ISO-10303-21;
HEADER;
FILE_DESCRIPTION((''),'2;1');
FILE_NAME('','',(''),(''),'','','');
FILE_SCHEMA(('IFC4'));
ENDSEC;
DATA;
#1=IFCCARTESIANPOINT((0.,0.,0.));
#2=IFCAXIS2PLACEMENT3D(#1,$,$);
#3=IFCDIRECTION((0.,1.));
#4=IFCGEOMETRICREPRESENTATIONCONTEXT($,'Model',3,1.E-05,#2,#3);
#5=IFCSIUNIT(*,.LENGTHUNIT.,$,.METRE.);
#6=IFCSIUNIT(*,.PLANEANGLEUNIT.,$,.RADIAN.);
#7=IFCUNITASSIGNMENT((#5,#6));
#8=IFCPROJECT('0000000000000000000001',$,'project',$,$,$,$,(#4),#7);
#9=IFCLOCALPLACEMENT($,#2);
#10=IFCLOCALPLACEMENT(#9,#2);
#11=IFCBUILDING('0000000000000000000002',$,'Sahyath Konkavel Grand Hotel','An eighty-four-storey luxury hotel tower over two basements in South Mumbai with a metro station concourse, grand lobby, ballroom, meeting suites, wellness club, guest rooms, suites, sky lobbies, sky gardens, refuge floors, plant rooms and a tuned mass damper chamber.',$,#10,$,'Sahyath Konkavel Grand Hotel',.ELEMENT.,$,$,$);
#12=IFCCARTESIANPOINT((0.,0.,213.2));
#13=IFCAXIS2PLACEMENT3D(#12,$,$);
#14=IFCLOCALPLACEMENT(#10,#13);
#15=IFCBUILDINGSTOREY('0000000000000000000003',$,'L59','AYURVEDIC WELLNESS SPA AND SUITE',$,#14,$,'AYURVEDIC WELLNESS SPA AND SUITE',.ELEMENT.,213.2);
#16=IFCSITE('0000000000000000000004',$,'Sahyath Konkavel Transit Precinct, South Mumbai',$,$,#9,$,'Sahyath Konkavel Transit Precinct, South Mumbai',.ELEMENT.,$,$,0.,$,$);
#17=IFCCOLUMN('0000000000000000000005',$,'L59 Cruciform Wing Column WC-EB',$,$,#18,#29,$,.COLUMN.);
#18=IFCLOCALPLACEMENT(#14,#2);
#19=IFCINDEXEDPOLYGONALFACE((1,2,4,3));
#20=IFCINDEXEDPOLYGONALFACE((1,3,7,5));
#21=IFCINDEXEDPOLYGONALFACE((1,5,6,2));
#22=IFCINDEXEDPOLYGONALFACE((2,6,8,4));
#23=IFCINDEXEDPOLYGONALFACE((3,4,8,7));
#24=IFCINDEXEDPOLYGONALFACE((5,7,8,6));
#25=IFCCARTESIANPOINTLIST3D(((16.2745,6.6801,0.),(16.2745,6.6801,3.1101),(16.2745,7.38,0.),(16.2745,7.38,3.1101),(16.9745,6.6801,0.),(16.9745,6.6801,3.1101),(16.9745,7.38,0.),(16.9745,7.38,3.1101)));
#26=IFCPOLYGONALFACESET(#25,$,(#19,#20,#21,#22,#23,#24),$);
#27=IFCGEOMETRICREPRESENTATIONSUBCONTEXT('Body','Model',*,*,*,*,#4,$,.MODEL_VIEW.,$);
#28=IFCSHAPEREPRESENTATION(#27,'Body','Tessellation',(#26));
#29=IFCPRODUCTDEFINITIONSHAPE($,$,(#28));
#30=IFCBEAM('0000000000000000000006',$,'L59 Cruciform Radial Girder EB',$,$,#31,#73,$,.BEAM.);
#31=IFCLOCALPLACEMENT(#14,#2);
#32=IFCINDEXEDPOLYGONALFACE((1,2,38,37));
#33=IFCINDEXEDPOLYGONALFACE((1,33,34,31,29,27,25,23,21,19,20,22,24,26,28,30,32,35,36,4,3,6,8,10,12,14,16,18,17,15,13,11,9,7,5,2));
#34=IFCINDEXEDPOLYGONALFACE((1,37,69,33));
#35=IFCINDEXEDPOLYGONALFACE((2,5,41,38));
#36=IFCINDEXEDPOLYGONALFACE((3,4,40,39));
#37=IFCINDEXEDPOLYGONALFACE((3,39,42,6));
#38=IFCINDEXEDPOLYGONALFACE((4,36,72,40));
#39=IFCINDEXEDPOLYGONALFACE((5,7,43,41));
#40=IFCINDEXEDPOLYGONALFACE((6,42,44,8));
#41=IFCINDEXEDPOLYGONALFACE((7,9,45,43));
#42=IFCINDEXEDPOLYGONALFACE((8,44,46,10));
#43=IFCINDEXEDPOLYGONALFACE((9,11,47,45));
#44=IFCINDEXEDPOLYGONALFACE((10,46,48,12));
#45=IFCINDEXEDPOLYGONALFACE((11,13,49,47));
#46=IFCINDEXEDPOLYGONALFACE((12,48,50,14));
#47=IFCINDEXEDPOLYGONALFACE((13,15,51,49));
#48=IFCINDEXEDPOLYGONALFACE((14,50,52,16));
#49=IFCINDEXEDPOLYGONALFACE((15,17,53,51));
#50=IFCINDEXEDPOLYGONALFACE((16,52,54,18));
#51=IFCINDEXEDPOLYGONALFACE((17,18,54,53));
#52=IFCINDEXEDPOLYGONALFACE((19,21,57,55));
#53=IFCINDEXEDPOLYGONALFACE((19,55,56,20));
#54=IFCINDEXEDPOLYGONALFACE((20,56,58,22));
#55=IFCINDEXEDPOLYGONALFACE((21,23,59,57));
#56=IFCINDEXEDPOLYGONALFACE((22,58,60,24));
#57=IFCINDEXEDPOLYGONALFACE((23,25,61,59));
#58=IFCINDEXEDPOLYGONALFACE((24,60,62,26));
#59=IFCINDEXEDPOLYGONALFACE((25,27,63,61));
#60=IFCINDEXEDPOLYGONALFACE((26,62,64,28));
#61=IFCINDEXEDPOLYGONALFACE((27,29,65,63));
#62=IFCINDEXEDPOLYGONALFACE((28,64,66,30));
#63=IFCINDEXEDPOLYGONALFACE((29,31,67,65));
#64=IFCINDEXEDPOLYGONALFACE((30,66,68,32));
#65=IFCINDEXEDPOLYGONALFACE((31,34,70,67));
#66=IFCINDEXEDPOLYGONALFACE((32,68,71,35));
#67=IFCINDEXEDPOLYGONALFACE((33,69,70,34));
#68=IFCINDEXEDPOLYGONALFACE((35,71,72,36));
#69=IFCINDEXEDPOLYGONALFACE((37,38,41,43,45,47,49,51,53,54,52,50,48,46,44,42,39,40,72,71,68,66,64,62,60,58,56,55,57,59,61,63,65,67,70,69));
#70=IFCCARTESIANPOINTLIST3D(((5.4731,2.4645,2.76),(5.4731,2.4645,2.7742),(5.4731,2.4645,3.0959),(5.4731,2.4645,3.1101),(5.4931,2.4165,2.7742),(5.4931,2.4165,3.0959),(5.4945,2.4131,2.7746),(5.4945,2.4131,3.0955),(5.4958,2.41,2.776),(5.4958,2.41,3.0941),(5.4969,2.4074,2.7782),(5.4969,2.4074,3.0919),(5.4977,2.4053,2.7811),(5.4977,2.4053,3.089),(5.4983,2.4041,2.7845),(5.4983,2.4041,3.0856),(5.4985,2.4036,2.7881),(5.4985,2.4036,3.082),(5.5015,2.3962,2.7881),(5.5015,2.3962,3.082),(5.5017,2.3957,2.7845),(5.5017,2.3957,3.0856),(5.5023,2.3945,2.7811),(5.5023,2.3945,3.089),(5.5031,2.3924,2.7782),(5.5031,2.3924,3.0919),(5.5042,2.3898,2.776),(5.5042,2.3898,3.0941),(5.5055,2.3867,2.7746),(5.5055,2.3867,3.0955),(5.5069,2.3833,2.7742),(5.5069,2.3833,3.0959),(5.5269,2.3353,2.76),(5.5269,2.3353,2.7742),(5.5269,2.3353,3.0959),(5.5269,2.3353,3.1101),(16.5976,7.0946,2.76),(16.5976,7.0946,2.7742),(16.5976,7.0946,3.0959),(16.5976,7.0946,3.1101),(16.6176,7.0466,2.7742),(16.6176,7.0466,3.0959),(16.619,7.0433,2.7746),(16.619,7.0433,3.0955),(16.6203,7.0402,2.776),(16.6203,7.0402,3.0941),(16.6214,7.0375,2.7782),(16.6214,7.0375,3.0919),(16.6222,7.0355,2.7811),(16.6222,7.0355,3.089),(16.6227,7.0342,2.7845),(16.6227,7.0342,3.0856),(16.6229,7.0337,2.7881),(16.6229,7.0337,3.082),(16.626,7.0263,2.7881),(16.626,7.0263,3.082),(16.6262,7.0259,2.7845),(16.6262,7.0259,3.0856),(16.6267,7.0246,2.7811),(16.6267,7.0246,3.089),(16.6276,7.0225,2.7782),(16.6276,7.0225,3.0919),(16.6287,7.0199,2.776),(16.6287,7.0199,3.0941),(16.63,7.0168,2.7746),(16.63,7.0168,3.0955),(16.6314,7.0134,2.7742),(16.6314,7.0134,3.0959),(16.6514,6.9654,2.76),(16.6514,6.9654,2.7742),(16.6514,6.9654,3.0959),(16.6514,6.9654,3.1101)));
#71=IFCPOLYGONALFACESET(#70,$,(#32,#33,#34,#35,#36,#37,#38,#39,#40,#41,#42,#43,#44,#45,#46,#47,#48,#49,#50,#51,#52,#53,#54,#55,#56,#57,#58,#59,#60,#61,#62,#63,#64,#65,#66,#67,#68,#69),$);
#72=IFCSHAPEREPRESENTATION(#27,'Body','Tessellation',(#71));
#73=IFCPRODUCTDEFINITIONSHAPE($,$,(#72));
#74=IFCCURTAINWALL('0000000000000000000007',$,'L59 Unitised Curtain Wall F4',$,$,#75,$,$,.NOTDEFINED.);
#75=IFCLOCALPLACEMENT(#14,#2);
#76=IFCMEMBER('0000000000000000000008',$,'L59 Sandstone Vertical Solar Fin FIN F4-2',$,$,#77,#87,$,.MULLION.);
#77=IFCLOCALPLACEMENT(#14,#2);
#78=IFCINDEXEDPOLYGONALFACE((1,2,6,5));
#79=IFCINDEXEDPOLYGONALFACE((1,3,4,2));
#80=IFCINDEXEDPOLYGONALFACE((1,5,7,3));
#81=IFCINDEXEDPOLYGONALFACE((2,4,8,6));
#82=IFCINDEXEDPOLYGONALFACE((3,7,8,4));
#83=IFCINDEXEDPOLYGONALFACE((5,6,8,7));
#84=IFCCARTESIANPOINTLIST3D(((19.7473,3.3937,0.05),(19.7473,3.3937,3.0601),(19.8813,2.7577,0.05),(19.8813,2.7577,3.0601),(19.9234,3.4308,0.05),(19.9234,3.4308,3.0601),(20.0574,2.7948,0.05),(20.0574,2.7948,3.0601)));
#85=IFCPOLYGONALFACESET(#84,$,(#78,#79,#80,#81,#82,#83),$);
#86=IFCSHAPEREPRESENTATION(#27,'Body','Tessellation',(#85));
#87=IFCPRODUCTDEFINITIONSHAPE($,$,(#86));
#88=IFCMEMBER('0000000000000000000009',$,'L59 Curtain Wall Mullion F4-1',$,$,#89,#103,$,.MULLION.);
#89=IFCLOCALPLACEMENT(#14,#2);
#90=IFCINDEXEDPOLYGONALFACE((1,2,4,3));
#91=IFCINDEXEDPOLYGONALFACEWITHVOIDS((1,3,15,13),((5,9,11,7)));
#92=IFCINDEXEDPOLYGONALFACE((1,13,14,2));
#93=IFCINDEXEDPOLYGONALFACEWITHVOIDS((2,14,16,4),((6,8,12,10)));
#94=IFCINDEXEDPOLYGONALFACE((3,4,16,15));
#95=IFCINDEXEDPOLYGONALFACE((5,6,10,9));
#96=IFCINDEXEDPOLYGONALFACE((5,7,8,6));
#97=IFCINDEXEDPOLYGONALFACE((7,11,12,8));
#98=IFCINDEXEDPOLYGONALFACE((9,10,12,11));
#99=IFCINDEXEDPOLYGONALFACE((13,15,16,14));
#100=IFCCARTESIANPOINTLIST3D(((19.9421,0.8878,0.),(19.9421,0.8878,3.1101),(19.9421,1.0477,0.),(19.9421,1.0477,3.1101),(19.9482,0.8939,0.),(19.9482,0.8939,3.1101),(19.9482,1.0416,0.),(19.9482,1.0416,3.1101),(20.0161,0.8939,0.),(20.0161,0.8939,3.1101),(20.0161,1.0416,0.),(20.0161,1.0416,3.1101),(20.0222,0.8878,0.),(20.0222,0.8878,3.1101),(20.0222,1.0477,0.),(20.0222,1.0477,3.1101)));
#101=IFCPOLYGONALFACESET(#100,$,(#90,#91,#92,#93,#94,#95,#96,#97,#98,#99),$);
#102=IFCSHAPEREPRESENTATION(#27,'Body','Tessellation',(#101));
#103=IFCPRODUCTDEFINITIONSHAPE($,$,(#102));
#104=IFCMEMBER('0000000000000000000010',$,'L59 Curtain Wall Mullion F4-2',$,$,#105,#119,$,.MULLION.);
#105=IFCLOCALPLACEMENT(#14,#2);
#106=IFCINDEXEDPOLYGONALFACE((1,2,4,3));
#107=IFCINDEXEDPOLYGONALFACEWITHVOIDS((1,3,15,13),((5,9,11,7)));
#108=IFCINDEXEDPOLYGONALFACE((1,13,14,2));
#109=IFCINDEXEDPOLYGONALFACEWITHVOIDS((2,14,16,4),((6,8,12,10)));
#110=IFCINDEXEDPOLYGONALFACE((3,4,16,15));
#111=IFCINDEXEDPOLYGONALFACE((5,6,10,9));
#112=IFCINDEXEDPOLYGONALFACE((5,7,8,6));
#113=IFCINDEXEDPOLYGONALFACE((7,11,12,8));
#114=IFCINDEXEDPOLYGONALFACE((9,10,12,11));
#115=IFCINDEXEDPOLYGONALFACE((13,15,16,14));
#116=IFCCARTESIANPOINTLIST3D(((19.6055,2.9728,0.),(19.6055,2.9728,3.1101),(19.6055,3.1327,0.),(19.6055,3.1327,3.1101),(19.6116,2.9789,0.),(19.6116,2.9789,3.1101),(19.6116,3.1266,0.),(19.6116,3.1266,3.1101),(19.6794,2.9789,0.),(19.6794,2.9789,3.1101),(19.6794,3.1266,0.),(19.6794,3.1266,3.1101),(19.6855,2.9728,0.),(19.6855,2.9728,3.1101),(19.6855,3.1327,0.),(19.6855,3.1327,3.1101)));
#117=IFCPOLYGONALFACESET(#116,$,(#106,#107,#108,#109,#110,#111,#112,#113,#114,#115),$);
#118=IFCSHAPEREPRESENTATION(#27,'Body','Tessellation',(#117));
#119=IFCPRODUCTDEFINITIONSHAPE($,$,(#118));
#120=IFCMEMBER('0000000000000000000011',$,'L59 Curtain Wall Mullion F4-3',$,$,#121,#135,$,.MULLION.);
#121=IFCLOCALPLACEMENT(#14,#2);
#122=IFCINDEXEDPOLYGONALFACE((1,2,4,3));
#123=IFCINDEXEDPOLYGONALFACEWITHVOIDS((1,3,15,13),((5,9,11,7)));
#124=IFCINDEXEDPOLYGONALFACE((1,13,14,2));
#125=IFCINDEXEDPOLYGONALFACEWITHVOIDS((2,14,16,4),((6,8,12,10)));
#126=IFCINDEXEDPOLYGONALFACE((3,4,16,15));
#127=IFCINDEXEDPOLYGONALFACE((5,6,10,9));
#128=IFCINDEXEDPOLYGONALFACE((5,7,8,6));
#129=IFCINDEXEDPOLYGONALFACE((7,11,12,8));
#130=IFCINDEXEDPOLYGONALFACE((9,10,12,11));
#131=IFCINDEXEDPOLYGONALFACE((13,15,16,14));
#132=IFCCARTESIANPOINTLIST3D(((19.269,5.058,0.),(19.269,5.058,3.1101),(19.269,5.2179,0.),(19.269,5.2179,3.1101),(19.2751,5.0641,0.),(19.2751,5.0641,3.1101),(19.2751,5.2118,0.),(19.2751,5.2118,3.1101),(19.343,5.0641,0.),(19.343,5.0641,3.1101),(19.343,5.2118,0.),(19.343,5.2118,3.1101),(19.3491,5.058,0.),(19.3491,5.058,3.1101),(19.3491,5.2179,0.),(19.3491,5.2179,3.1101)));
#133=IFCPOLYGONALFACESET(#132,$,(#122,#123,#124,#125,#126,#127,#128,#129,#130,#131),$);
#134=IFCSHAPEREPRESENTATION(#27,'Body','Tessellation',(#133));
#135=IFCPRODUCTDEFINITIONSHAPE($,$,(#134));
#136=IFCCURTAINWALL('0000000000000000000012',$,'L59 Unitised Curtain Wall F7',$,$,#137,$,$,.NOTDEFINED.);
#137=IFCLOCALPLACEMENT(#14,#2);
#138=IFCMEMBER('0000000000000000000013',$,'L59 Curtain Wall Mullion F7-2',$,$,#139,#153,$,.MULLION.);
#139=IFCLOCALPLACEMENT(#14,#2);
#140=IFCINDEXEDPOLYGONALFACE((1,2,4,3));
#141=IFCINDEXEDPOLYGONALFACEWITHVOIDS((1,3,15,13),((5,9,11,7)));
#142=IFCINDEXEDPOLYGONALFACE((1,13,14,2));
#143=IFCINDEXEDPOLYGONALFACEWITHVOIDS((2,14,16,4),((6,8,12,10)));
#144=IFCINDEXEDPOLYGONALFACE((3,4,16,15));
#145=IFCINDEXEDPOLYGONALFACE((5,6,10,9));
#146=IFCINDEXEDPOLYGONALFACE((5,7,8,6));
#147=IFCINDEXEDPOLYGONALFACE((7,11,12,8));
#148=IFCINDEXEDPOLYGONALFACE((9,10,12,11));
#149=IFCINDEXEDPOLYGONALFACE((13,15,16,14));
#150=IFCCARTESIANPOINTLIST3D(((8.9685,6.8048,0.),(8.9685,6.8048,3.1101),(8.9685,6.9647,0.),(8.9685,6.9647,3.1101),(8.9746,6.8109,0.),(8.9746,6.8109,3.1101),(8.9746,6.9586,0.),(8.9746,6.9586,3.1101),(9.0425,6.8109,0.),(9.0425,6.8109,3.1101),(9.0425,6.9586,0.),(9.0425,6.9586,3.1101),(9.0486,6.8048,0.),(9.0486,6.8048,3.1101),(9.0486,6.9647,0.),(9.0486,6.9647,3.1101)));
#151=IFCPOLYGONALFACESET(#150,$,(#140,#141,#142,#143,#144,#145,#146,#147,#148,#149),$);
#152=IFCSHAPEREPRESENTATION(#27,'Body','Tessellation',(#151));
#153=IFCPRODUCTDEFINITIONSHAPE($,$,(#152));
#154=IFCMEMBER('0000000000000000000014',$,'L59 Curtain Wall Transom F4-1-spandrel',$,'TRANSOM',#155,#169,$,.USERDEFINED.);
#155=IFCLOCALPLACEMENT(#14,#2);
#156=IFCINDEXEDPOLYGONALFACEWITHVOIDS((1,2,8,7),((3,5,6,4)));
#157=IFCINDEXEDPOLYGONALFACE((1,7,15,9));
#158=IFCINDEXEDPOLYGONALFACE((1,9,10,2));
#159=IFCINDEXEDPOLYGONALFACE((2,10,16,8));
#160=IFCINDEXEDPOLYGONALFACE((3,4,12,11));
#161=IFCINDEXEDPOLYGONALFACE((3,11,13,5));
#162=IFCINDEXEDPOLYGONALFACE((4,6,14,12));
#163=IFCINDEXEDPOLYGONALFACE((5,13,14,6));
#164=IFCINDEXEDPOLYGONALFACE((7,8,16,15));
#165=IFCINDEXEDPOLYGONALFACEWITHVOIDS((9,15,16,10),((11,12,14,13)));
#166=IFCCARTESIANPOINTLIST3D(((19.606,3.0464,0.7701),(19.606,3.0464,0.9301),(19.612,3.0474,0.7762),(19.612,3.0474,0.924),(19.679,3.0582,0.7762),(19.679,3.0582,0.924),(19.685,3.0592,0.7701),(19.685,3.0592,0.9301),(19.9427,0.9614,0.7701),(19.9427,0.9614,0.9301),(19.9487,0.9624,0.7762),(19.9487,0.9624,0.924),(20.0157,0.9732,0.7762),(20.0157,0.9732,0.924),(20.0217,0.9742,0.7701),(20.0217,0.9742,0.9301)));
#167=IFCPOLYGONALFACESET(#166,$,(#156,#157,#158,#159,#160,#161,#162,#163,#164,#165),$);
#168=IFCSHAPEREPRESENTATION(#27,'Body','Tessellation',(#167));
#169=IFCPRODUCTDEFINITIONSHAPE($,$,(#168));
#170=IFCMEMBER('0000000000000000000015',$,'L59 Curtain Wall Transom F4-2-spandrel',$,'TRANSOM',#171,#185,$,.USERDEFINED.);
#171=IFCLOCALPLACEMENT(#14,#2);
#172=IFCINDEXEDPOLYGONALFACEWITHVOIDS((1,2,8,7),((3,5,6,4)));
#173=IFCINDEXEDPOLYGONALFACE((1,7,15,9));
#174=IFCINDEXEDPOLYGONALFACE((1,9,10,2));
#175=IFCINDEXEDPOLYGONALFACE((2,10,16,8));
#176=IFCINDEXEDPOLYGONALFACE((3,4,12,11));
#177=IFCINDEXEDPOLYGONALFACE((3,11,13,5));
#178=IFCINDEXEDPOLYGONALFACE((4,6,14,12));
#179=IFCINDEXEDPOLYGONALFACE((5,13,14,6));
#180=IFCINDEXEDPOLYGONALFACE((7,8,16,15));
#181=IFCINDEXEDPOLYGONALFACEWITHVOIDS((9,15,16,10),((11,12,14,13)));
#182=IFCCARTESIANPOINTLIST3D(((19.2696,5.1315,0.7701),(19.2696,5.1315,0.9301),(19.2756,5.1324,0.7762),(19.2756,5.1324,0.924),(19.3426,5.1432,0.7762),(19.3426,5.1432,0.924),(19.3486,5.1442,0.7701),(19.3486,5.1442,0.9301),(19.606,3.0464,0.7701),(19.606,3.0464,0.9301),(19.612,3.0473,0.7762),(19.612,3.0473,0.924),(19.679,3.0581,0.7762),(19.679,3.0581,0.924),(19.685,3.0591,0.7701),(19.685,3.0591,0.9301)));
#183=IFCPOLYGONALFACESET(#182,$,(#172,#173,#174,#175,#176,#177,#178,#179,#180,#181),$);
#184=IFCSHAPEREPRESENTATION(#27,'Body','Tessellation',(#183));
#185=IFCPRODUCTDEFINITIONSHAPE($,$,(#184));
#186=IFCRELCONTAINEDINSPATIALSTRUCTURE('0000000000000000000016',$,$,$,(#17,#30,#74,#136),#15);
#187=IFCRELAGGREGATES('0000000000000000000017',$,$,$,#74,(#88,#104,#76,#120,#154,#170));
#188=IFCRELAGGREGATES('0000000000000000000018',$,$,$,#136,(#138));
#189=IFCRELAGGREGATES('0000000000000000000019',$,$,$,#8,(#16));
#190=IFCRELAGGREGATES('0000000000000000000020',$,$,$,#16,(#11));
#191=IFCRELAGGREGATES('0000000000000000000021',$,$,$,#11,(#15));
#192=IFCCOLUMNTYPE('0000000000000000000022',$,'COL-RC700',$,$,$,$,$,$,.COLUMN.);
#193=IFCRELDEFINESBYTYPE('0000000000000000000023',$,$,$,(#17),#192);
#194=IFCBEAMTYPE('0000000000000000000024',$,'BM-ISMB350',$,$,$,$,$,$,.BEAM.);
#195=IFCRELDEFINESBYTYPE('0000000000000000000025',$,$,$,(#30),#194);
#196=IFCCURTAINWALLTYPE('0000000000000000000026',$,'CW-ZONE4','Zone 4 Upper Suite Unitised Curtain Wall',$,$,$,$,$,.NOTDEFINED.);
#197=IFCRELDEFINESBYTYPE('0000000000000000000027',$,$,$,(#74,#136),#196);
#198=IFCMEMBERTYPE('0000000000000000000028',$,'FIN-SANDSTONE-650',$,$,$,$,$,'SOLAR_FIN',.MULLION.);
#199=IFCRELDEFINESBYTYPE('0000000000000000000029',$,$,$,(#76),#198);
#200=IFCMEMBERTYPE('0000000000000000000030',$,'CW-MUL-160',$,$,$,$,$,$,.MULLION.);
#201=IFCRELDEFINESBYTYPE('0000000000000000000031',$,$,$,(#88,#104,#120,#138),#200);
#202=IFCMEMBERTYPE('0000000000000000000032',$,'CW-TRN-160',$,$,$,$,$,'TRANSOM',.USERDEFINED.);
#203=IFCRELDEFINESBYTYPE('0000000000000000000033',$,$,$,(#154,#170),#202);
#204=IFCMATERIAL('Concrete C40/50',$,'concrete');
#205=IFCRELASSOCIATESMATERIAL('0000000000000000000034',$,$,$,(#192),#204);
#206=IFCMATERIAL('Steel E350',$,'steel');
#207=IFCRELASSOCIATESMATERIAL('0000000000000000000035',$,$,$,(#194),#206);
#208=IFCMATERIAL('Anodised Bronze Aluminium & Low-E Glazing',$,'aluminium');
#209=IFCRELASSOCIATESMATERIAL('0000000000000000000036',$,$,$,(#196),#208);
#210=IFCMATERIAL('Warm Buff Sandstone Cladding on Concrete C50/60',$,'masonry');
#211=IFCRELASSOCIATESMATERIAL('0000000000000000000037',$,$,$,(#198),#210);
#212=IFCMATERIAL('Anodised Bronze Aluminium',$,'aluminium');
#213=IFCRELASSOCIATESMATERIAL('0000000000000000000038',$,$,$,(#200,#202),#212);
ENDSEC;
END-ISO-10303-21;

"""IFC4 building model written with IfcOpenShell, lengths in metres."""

from ifc_helpers import new_model, si_unit, direction, frame, origin, origin_2d, place, context, subcontext, project, spatial, rectangle, hollow_rectangle, i_section, extrude, source, transform, mapped, material, material_profile, profile_set, type_object, element, aggregate, save


model = new_model("IFC4")

# Units and contexts
model_context = context("Model", 3, precision=1e-05, world=origin(), true_north=direction((0.0, 1.0)))
body_context = subcontext(model_context, "Body", "Model", "MODEL_VIEW")
ifc_project = project(units=[si_unit("LENGTHUNIT", "METRE"), si_unit("PLANEANGLEUNIT", "RADIAN")], contexts=[model_context])

# Site, building, storey
site_placement = place(None, origin())
site = spatial("IfcSite", under=ifc_project, at=site_placement, Name="Sahyath Konkavel Transit Precinct, South Mumbai", LongName="Sahyath Konkavel Transit Precinct, South Mumbai", CompositionType="ELEMENT", RefElevation=0.0)
building_placement = place(site_placement, origin())
building = spatial("IfcBuilding", under=site, at=building_placement, Name="Sahyath Konkavel Grand Hotel", Description="An eighty-four-storey luxury hotel tower over two basements in South Mumbai with a metro station concourse, grand lobby, ballroom, meeting suites, wellness club, guest rooms, suites, sky lobbies, sky gardens, refuge floors, plant rooms and a tuned mass damper chamber.", LongName="Sahyath Konkavel Grand Hotel", CompositionType="ELEMENT")
storey_placement = place(building_placement, frame((0.0, 0.0, 213.2)))
storey = spatial("IfcBuildingStorey", under=building, at=storey_placement, Name="L59", Description="AYURVEDIC WELLNESS SPA AND SUITE", LongName="AYURVEDIC WELLNESS SPA AND SUITE", CompositionType="ELEMENT", Elevation=213.2)

# Column
ifc_material_1 = material(Name="Concrete C40/50", Category="concrete")
ifc_material_profile_1 = material_profile(ifc_material_1, rectangle(XDim=0.7, YDim=0.7, at=origin_2d()), Name="RC 700x700")
ifc_profile_set_1 = profile_set([ifc_material_profile_1], Name="Concrete C40/50")
column_type = type_object("IfcColumnType", Name="COL-RC700", PredefinedType="COLUMN", material=ifc_profile_set_1)
shared_shape_1 = source(origin(), body_context, "Body", "SweptSolid", [
    extrude(rectangle(XDim=0.7, YDim=0.7, at=origin_2d()), origin(), (0.0, 0.0, 1.0), 3.1101),
])
column_placement = place(storey_placement, frame((16.6245, 7.03, 0.0), z_axis=(0.0, 0.0, 1.0), x_axis=(1.0, 0.0, 0.0)))
element("IfcColumn", 1, at=column_placement, inside=storey, type_object=column_type, Name="L59 Cruciform Wing Column WC-EB", PredefinedType="COLUMN", context=body_context, shape_type="MappedRepresentation", body=[
    mapped(shared_shape_1, transform((0.0, 0.0, 0.0), scale=1.0)),
])

# Beam
ifc_material_2 = material(Name="Steel E350", Category="steel")
ifc_material_profile_2 = material_profile(ifc_material_2, i_section(OverallWidth=0.1399, OverallDepth=0.3501, WebThickness=0.0081, FlangeThickness=0.0142, FilletRadius=0.0139, at=origin_2d()), Name="ISMB 350")
ifc_profile_set_2 = profile_set([ifc_material_profile_2], Name="Steel E350")
beam_type_1 = type_object("IfcBeamType", Name="BM-ISMB350", PredefinedType="BEAM", material=ifc_profile_set_2)
shared_shape_2 = source(origin(), body_context, "Body", "SweptSolid", [
    extrude(i_section(OverallWidth=0.1399, OverallDepth=0.3501, WebThickness=0.0081, FlangeThickness=0.0142, FilletRadius=0.0139, at=origin_2d()), origin(), (0.0, 0.0, 1.0), 12.0496),
])
beam_1_placement = place(storey_placement, frame((5.5, 2.3999, 2.9351), z_axis=(0.923227, 0.384256, 0.0), x_axis=(-0.384256, 0.923227, 0.0)))
element("IfcBeam", 2, at=beam_1_placement, inside=storey, type_object=beam_type_1, Name="L59 Cruciform Radial Girder EB", PredefinedType="BEAM", context=body_context, shape_type="MappedRepresentation", body=[
    mapped(shared_shape_2, transform((0.0, 0.0, 0.0), scale=1.0)),
])

# Curtain wall, members
ifc_material_3 = material(Name="Anodised Bronze Aluminium & Low-E Glazing", Category="aluminium")
curtain_wall_type = type_object("IfcCurtainWallType", Name="CW-ZONE4", Description="Zone 4 Upper Suite Unitised Curtain Wall", PredefinedType="NOTDEFINED", material=ifc_material_3)
curtain_wall_1_placement = place(storey_placement, origin())
curtain_wall_1 = element("IfcCurtainWall", 3, at=curtain_wall_1_placement, inside=storey, type_object=curtain_wall_type, Name="L59 Unitised Curtain Wall F4", PredefinedType="NOTDEFINED")
ifc_material_4 = material(Name="Warm Buff Sandstone Cladding on Concrete C50/60", Category="masonry")
ifc_material_profile_3 = material_profile(ifc_material_4, rectangle(XDim=0.1799, YDim=0.6499, at=origin_2d()), Name="FIN 180x650")
ifc_profile_set_3 = profile_set([ifc_material_profile_3], Name="Warm Buff Sandstone Cladding on Concrete C50/60")
member_type_1 = type_object("IfcMemberType", Name="FIN-SANDSTONE-650", ElementType="SOLAR_FIN", PredefinedType="MULLION", material=ifc_profile_set_3)
shared_shape_3 = source(origin(), body_context, "Body", "SweptSolid", [
    extrude(rectangle(XDim=0.1799, YDim=0.6499, at=origin_2d()), origin(), (0.0, 0.0, 1.0), 3.01),
])
member_1_placement = place(storey_placement, frame((19.9023, 3.0942, 0.05), z_axis=(0.0, 0.0, 1.0), x_axis=(0.978509, 0.206204, 0.0)))
member_1 = element("IfcMember", 4, at=member_1_placement, type_object=member_type_1, Name="L59 Sandstone Vertical Solar Fin FIN F4-2", PredefinedType="MULLION", context=body_context, shape_type="MappedRepresentation", body=[
    mapped(shared_shape_3, transform((0.0, 0.0, 0.0), scale=1.0)),
])
ifc_material_5 = material(Name="Anodised Bronze Aluminium", Category="aluminium")
ifc_material_profile_4 = material_profile(ifc_material_5, hollow_rectangle(XDim=0.0801, YDim=0.1599, WallThickness=0.0061, at=origin_2d()), Name="RHS 160x80x6")
ifc_profile_set_4 = profile_set([ifc_material_profile_4], Name="Anodised Bronze Aluminium")
member_type_2 = type_object("IfcMemberType", Name="CW-MUL-160", PredefinedType="MULLION", material=ifc_profile_set_4)
shared_shape_4 = source(origin(), body_context, "Body", "SweptSolid", [
    extrude(hollow_rectangle(XDim=0.0801, YDim=0.1599, WallThickness=0.0061, at=origin_2d()), origin(), (0.0, 0.0, 1.0), 3.1101),
])
member_2_placement = place(storey_placement, frame((19.9822, 0.9678, 0.0), z_axis=(0.0, 0.0, 1.0), x_axis=(1.0, 0.0, 0.0)))
member_2 = element("IfcMember", 5, at=member_2_placement, type_object=member_type_2, Name="L59 Curtain Wall Mullion F4-1", PredefinedType="MULLION", context=body_context, shape_type="MappedRepresentation", body=[
    mapped(shared_shape_4, transform((0.0, 0.0, 0.0), scale=1.0)),
])
member_3_placement = place(storey_placement, frame((19.6455, 3.0527, 0.0), z_axis=(0.0, 0.0, 1.0), x_axis=(1.0, 0.0, 0.0)))
member_3 = element("IfcMember", 6, at=member_3_placement, type_object=member_type_2, Name="L59 Curtain Wall Mullion F4-2", PredefinedType="MULLION", context=body_context, shape_type="MappedRepresentation", body=[
    mapped(shared_shape_4, transform((0.0, 0.0, 0.0), scale=1.0)),
])
member_4_placement = place(storey_placement, frame((19.3091, 5.1379, 0.0), z_axis=(0.0, 0.0, 1.0), x_axis=(1.0, 0.0, 0.0)))
member_4 = element("IfcMember", 7, at=member_4_placement, type_object=member_type_2, Name="L59 Curtain Wall Mullion F4-3", PredefinedType="MULLION", context=body_context, shape_type="MappedRepresentation", body=[
    mapped(shared_shape_4, transform((0.0, 0.0, 0.0), scale=1.0)),
])

# Curtain wall, member
curtain_wall_2_placement = place(storey_placement, origin())
curtain_wall_2 = element("IfcCurtainWall", 8, at=curtain_wall_2_placement, inside=storey, type_object=curtain_wall_type, Name="L59 Unitised Curtain Wall F7", PredefinedType="NOTDEFINED")
member_5_placement = place(storey_placement, frame((9.0085, 6.8848, 0.0), z_axis=(0.0, 0.0, 1.0), x_axis=(1.0, 0.0, 0.0)))
member_5 = element("IfcMember", 9, at=member_5_placement, type_object=member_type_2, Name="L59 Curtain Wall Mullion F7-2", PredefinedType="MULLION", context=body_context, shape_type="MappedRepresentation", body=[
    mapped(shared_shape_4, transform((0.0, 0.0, 0.0), scale=1.0)),
])

# Members
ifc_material_profile_5 = material_profile(ifc_material_5, hollow_rectangle(XDim=0.0801, YDim=0.1599, WallThickness=0.0061, at=origin_2d()), Name="RHS 160x80x6")
ifc_profile_set_5 = profile_set([ifc_material_profile_5], Name="Anodised Bronze Aluminium")
member_type_3 = type_object("IfcMemberType", Name="CW-TRN-160", ElementType="TRANSOM", PredefinedType="USERDEFINED", material=ifc_profile_set_5)
shared_shape_5 = source(origin(), body_context, "Body", "SweptSolid", [
    extrude(hollow_rectangle(XDim=0.0801, YDim=0.1599, WallThickness=0.0061, at=origin_2d()), origin(), (0.0, 0.0, 1.0), 2.1121),
])
member_6_placement = place(storey_placement, frame((19.9822, 0.9678, 0.8501), z_axis=(-0.159411, 0.987212, 0.0), x_axis=(-0.987212, -0.159411, 0.0)))
member_6 = element("IfcMember", 10, at=member_6_placement, type_object=member_type_3, Name="L59 Curtain Wall Transom F4-1-spandrel", ObjectType="TRANSOM", PredefinedType="USERDEFINED", context=body_context, shape_type="MappedRepresentation", body=[
    mapped(shared_shape_5, transform((0.0, 0.0, 0.0), scale=1.0)),
])
member_7_placement = place(storey_placement, frame((19.6455, 3.0527, 0.8501), z_axis=(-0.15928, 0.987233, 0.0), x_axis=(-0.987233, -0.15928, 0.0)))
member_7 = element("IfcMember", 11, at=member_7_placement, type_object=member_type_3, Name="L59 Curtain Wall Transom F4-2-spandrel", ObjectType="TRANSOM", PredefinedType="USERDEFINED", context=body_context, shape_type="MappedRepresentation", body=[
    mapped(shared_shape_5, transform((0.0, 0.0, 0.0), scale=1.0)),
])

aggregate(curtain_wall_1, [member_2, member_3, member_1, member_4, member_6, member_7])
aggregate(curtain_wall_2, [member_5])

save(model, "model.ifc")
